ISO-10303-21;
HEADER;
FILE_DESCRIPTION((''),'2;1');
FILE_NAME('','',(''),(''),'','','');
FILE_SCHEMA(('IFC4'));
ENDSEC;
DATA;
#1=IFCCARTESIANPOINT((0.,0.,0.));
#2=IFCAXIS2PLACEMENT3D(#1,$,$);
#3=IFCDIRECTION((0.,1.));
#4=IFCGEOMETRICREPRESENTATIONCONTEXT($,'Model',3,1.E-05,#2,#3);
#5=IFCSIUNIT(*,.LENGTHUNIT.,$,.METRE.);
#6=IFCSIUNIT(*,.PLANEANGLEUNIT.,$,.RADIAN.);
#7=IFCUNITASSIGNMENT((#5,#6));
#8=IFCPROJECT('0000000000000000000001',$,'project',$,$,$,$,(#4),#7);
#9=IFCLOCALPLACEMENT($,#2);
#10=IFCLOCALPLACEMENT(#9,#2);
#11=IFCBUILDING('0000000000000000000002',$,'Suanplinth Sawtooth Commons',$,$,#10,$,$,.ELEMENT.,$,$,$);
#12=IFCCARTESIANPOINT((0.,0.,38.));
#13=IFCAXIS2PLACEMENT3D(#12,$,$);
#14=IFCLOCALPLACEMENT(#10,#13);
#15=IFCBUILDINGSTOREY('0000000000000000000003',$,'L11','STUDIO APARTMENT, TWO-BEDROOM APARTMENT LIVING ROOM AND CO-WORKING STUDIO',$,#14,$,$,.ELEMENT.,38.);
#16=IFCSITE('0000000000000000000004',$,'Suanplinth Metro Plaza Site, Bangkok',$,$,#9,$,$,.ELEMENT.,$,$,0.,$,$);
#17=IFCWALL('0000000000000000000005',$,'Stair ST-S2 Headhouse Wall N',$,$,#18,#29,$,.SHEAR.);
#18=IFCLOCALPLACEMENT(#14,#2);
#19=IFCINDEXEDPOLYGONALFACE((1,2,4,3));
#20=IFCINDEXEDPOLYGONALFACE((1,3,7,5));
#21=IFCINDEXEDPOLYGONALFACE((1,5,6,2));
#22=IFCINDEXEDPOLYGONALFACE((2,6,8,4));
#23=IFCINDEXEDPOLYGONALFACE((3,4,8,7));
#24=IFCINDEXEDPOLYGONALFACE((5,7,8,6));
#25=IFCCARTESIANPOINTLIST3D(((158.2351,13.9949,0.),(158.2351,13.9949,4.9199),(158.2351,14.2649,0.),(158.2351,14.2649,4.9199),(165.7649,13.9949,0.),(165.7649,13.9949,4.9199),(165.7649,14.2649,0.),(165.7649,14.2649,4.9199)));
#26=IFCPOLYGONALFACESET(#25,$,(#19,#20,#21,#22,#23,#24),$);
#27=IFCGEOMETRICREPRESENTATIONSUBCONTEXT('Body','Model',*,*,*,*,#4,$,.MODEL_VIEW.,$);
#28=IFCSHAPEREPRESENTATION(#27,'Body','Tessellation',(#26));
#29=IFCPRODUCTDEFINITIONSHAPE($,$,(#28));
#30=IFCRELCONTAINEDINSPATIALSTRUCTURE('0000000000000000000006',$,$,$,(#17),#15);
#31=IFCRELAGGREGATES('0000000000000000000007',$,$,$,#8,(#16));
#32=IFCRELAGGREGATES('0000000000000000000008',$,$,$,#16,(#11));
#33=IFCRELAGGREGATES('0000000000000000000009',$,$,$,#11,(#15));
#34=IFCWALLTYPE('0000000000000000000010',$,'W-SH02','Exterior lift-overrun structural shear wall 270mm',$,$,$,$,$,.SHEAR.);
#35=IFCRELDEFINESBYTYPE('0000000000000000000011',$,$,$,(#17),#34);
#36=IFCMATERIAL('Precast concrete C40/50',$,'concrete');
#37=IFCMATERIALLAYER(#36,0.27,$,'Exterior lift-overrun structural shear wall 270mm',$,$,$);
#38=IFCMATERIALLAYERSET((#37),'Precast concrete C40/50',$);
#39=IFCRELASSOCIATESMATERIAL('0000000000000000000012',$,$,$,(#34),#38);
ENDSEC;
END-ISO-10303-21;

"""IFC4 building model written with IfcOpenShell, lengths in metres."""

from ifc_helpers import new_model, si_unit, direction, frame, frame_2d, origin, place, context, subcontext, project, spatial, rectangle, extrude, material, layer, layer_set, type_object, element, save


model = new_model("IFC4")

# Units and contexts
model_context = context("Model", 3, precision=1e-05, world=origin(), true_north=direction((0.0, 1.0)))
body_context = subcontext(model_context, "Body", "Model", "MODEL_VIEW")
ifc_project = project(units=[si_unit("LENGTHUNIT", "METRE"), si_unit("PLANEANGLEUNIT", "RADIAN")], contexts=[model_context])

# Site, building, storey
site_placement = place(None, origin())
site = spatial("IfcSite", under=ifc_project, at=site_placement, Name="Suanplinth Metro Plaza Site, Bangkok", CompositionType="ELEMENT", RefElevation=0.0)
building_placement = place(site_placement, origin())
building = spatial("IfcBuilding", under=site, at=building_placement, Name="Suanplinth Sawtooth Commons", CompositionType="ELEMENT")
storey_placement = place(building_placement, frame((0.0, 0.0, 38.0)))
storey = spatial("IfcBuildingStorey", under=building, at=storey_placement, Name="L11", Description="STUDIO APARTMENT, TWO-BEDROOM APARTMENT LIVING ROOM AND CO-WORKING STUDIO", CompositionType="ELEMENT", Elevation=38.0)

# Shared definitions
ifc_material_1 = material(Name="Precast concrete C40/50", Category="concrete")

# Wall
ifc_layer_1 = layer(ifc_material_1, 0.27, Name="Exterior lift-overrun structural shear wall 270mm")
ifc_layer_set_1 = layer_set([ifc_layer_1], Name="Precast concrete C40/50")
wall_type_1 = type_object("IfcWallType", Name="W-SH02", Description="Exterior lift-overrun structural shear wall 270mm", PredefinedType="SHEAR", material=ifc_layer_set_1)
wall_1_placement = place(storey_placement, frame((158.2351, 14.1299, 0.0), z_axis=(0.0, 0.0, 1.0), x_axis=(1.0, 0.0, 0.0)))
element("IfcWall", 1, at=wall_1_placement, inside=storey, type_object=wall_type_1, Name="Stair ST-S2 Headhouse Wall N", PredefinedType="SHEAR", context=body_context, shape_type="SweptSolid", body=[
    extrude(rectangle(XDim=7.5298, YDim=0.27, at=frame_2d((3.7649, 0.0))), origin(), (0.0, 0.0, 1.0), 4.9199),
])

save(model, "model.ifc")
